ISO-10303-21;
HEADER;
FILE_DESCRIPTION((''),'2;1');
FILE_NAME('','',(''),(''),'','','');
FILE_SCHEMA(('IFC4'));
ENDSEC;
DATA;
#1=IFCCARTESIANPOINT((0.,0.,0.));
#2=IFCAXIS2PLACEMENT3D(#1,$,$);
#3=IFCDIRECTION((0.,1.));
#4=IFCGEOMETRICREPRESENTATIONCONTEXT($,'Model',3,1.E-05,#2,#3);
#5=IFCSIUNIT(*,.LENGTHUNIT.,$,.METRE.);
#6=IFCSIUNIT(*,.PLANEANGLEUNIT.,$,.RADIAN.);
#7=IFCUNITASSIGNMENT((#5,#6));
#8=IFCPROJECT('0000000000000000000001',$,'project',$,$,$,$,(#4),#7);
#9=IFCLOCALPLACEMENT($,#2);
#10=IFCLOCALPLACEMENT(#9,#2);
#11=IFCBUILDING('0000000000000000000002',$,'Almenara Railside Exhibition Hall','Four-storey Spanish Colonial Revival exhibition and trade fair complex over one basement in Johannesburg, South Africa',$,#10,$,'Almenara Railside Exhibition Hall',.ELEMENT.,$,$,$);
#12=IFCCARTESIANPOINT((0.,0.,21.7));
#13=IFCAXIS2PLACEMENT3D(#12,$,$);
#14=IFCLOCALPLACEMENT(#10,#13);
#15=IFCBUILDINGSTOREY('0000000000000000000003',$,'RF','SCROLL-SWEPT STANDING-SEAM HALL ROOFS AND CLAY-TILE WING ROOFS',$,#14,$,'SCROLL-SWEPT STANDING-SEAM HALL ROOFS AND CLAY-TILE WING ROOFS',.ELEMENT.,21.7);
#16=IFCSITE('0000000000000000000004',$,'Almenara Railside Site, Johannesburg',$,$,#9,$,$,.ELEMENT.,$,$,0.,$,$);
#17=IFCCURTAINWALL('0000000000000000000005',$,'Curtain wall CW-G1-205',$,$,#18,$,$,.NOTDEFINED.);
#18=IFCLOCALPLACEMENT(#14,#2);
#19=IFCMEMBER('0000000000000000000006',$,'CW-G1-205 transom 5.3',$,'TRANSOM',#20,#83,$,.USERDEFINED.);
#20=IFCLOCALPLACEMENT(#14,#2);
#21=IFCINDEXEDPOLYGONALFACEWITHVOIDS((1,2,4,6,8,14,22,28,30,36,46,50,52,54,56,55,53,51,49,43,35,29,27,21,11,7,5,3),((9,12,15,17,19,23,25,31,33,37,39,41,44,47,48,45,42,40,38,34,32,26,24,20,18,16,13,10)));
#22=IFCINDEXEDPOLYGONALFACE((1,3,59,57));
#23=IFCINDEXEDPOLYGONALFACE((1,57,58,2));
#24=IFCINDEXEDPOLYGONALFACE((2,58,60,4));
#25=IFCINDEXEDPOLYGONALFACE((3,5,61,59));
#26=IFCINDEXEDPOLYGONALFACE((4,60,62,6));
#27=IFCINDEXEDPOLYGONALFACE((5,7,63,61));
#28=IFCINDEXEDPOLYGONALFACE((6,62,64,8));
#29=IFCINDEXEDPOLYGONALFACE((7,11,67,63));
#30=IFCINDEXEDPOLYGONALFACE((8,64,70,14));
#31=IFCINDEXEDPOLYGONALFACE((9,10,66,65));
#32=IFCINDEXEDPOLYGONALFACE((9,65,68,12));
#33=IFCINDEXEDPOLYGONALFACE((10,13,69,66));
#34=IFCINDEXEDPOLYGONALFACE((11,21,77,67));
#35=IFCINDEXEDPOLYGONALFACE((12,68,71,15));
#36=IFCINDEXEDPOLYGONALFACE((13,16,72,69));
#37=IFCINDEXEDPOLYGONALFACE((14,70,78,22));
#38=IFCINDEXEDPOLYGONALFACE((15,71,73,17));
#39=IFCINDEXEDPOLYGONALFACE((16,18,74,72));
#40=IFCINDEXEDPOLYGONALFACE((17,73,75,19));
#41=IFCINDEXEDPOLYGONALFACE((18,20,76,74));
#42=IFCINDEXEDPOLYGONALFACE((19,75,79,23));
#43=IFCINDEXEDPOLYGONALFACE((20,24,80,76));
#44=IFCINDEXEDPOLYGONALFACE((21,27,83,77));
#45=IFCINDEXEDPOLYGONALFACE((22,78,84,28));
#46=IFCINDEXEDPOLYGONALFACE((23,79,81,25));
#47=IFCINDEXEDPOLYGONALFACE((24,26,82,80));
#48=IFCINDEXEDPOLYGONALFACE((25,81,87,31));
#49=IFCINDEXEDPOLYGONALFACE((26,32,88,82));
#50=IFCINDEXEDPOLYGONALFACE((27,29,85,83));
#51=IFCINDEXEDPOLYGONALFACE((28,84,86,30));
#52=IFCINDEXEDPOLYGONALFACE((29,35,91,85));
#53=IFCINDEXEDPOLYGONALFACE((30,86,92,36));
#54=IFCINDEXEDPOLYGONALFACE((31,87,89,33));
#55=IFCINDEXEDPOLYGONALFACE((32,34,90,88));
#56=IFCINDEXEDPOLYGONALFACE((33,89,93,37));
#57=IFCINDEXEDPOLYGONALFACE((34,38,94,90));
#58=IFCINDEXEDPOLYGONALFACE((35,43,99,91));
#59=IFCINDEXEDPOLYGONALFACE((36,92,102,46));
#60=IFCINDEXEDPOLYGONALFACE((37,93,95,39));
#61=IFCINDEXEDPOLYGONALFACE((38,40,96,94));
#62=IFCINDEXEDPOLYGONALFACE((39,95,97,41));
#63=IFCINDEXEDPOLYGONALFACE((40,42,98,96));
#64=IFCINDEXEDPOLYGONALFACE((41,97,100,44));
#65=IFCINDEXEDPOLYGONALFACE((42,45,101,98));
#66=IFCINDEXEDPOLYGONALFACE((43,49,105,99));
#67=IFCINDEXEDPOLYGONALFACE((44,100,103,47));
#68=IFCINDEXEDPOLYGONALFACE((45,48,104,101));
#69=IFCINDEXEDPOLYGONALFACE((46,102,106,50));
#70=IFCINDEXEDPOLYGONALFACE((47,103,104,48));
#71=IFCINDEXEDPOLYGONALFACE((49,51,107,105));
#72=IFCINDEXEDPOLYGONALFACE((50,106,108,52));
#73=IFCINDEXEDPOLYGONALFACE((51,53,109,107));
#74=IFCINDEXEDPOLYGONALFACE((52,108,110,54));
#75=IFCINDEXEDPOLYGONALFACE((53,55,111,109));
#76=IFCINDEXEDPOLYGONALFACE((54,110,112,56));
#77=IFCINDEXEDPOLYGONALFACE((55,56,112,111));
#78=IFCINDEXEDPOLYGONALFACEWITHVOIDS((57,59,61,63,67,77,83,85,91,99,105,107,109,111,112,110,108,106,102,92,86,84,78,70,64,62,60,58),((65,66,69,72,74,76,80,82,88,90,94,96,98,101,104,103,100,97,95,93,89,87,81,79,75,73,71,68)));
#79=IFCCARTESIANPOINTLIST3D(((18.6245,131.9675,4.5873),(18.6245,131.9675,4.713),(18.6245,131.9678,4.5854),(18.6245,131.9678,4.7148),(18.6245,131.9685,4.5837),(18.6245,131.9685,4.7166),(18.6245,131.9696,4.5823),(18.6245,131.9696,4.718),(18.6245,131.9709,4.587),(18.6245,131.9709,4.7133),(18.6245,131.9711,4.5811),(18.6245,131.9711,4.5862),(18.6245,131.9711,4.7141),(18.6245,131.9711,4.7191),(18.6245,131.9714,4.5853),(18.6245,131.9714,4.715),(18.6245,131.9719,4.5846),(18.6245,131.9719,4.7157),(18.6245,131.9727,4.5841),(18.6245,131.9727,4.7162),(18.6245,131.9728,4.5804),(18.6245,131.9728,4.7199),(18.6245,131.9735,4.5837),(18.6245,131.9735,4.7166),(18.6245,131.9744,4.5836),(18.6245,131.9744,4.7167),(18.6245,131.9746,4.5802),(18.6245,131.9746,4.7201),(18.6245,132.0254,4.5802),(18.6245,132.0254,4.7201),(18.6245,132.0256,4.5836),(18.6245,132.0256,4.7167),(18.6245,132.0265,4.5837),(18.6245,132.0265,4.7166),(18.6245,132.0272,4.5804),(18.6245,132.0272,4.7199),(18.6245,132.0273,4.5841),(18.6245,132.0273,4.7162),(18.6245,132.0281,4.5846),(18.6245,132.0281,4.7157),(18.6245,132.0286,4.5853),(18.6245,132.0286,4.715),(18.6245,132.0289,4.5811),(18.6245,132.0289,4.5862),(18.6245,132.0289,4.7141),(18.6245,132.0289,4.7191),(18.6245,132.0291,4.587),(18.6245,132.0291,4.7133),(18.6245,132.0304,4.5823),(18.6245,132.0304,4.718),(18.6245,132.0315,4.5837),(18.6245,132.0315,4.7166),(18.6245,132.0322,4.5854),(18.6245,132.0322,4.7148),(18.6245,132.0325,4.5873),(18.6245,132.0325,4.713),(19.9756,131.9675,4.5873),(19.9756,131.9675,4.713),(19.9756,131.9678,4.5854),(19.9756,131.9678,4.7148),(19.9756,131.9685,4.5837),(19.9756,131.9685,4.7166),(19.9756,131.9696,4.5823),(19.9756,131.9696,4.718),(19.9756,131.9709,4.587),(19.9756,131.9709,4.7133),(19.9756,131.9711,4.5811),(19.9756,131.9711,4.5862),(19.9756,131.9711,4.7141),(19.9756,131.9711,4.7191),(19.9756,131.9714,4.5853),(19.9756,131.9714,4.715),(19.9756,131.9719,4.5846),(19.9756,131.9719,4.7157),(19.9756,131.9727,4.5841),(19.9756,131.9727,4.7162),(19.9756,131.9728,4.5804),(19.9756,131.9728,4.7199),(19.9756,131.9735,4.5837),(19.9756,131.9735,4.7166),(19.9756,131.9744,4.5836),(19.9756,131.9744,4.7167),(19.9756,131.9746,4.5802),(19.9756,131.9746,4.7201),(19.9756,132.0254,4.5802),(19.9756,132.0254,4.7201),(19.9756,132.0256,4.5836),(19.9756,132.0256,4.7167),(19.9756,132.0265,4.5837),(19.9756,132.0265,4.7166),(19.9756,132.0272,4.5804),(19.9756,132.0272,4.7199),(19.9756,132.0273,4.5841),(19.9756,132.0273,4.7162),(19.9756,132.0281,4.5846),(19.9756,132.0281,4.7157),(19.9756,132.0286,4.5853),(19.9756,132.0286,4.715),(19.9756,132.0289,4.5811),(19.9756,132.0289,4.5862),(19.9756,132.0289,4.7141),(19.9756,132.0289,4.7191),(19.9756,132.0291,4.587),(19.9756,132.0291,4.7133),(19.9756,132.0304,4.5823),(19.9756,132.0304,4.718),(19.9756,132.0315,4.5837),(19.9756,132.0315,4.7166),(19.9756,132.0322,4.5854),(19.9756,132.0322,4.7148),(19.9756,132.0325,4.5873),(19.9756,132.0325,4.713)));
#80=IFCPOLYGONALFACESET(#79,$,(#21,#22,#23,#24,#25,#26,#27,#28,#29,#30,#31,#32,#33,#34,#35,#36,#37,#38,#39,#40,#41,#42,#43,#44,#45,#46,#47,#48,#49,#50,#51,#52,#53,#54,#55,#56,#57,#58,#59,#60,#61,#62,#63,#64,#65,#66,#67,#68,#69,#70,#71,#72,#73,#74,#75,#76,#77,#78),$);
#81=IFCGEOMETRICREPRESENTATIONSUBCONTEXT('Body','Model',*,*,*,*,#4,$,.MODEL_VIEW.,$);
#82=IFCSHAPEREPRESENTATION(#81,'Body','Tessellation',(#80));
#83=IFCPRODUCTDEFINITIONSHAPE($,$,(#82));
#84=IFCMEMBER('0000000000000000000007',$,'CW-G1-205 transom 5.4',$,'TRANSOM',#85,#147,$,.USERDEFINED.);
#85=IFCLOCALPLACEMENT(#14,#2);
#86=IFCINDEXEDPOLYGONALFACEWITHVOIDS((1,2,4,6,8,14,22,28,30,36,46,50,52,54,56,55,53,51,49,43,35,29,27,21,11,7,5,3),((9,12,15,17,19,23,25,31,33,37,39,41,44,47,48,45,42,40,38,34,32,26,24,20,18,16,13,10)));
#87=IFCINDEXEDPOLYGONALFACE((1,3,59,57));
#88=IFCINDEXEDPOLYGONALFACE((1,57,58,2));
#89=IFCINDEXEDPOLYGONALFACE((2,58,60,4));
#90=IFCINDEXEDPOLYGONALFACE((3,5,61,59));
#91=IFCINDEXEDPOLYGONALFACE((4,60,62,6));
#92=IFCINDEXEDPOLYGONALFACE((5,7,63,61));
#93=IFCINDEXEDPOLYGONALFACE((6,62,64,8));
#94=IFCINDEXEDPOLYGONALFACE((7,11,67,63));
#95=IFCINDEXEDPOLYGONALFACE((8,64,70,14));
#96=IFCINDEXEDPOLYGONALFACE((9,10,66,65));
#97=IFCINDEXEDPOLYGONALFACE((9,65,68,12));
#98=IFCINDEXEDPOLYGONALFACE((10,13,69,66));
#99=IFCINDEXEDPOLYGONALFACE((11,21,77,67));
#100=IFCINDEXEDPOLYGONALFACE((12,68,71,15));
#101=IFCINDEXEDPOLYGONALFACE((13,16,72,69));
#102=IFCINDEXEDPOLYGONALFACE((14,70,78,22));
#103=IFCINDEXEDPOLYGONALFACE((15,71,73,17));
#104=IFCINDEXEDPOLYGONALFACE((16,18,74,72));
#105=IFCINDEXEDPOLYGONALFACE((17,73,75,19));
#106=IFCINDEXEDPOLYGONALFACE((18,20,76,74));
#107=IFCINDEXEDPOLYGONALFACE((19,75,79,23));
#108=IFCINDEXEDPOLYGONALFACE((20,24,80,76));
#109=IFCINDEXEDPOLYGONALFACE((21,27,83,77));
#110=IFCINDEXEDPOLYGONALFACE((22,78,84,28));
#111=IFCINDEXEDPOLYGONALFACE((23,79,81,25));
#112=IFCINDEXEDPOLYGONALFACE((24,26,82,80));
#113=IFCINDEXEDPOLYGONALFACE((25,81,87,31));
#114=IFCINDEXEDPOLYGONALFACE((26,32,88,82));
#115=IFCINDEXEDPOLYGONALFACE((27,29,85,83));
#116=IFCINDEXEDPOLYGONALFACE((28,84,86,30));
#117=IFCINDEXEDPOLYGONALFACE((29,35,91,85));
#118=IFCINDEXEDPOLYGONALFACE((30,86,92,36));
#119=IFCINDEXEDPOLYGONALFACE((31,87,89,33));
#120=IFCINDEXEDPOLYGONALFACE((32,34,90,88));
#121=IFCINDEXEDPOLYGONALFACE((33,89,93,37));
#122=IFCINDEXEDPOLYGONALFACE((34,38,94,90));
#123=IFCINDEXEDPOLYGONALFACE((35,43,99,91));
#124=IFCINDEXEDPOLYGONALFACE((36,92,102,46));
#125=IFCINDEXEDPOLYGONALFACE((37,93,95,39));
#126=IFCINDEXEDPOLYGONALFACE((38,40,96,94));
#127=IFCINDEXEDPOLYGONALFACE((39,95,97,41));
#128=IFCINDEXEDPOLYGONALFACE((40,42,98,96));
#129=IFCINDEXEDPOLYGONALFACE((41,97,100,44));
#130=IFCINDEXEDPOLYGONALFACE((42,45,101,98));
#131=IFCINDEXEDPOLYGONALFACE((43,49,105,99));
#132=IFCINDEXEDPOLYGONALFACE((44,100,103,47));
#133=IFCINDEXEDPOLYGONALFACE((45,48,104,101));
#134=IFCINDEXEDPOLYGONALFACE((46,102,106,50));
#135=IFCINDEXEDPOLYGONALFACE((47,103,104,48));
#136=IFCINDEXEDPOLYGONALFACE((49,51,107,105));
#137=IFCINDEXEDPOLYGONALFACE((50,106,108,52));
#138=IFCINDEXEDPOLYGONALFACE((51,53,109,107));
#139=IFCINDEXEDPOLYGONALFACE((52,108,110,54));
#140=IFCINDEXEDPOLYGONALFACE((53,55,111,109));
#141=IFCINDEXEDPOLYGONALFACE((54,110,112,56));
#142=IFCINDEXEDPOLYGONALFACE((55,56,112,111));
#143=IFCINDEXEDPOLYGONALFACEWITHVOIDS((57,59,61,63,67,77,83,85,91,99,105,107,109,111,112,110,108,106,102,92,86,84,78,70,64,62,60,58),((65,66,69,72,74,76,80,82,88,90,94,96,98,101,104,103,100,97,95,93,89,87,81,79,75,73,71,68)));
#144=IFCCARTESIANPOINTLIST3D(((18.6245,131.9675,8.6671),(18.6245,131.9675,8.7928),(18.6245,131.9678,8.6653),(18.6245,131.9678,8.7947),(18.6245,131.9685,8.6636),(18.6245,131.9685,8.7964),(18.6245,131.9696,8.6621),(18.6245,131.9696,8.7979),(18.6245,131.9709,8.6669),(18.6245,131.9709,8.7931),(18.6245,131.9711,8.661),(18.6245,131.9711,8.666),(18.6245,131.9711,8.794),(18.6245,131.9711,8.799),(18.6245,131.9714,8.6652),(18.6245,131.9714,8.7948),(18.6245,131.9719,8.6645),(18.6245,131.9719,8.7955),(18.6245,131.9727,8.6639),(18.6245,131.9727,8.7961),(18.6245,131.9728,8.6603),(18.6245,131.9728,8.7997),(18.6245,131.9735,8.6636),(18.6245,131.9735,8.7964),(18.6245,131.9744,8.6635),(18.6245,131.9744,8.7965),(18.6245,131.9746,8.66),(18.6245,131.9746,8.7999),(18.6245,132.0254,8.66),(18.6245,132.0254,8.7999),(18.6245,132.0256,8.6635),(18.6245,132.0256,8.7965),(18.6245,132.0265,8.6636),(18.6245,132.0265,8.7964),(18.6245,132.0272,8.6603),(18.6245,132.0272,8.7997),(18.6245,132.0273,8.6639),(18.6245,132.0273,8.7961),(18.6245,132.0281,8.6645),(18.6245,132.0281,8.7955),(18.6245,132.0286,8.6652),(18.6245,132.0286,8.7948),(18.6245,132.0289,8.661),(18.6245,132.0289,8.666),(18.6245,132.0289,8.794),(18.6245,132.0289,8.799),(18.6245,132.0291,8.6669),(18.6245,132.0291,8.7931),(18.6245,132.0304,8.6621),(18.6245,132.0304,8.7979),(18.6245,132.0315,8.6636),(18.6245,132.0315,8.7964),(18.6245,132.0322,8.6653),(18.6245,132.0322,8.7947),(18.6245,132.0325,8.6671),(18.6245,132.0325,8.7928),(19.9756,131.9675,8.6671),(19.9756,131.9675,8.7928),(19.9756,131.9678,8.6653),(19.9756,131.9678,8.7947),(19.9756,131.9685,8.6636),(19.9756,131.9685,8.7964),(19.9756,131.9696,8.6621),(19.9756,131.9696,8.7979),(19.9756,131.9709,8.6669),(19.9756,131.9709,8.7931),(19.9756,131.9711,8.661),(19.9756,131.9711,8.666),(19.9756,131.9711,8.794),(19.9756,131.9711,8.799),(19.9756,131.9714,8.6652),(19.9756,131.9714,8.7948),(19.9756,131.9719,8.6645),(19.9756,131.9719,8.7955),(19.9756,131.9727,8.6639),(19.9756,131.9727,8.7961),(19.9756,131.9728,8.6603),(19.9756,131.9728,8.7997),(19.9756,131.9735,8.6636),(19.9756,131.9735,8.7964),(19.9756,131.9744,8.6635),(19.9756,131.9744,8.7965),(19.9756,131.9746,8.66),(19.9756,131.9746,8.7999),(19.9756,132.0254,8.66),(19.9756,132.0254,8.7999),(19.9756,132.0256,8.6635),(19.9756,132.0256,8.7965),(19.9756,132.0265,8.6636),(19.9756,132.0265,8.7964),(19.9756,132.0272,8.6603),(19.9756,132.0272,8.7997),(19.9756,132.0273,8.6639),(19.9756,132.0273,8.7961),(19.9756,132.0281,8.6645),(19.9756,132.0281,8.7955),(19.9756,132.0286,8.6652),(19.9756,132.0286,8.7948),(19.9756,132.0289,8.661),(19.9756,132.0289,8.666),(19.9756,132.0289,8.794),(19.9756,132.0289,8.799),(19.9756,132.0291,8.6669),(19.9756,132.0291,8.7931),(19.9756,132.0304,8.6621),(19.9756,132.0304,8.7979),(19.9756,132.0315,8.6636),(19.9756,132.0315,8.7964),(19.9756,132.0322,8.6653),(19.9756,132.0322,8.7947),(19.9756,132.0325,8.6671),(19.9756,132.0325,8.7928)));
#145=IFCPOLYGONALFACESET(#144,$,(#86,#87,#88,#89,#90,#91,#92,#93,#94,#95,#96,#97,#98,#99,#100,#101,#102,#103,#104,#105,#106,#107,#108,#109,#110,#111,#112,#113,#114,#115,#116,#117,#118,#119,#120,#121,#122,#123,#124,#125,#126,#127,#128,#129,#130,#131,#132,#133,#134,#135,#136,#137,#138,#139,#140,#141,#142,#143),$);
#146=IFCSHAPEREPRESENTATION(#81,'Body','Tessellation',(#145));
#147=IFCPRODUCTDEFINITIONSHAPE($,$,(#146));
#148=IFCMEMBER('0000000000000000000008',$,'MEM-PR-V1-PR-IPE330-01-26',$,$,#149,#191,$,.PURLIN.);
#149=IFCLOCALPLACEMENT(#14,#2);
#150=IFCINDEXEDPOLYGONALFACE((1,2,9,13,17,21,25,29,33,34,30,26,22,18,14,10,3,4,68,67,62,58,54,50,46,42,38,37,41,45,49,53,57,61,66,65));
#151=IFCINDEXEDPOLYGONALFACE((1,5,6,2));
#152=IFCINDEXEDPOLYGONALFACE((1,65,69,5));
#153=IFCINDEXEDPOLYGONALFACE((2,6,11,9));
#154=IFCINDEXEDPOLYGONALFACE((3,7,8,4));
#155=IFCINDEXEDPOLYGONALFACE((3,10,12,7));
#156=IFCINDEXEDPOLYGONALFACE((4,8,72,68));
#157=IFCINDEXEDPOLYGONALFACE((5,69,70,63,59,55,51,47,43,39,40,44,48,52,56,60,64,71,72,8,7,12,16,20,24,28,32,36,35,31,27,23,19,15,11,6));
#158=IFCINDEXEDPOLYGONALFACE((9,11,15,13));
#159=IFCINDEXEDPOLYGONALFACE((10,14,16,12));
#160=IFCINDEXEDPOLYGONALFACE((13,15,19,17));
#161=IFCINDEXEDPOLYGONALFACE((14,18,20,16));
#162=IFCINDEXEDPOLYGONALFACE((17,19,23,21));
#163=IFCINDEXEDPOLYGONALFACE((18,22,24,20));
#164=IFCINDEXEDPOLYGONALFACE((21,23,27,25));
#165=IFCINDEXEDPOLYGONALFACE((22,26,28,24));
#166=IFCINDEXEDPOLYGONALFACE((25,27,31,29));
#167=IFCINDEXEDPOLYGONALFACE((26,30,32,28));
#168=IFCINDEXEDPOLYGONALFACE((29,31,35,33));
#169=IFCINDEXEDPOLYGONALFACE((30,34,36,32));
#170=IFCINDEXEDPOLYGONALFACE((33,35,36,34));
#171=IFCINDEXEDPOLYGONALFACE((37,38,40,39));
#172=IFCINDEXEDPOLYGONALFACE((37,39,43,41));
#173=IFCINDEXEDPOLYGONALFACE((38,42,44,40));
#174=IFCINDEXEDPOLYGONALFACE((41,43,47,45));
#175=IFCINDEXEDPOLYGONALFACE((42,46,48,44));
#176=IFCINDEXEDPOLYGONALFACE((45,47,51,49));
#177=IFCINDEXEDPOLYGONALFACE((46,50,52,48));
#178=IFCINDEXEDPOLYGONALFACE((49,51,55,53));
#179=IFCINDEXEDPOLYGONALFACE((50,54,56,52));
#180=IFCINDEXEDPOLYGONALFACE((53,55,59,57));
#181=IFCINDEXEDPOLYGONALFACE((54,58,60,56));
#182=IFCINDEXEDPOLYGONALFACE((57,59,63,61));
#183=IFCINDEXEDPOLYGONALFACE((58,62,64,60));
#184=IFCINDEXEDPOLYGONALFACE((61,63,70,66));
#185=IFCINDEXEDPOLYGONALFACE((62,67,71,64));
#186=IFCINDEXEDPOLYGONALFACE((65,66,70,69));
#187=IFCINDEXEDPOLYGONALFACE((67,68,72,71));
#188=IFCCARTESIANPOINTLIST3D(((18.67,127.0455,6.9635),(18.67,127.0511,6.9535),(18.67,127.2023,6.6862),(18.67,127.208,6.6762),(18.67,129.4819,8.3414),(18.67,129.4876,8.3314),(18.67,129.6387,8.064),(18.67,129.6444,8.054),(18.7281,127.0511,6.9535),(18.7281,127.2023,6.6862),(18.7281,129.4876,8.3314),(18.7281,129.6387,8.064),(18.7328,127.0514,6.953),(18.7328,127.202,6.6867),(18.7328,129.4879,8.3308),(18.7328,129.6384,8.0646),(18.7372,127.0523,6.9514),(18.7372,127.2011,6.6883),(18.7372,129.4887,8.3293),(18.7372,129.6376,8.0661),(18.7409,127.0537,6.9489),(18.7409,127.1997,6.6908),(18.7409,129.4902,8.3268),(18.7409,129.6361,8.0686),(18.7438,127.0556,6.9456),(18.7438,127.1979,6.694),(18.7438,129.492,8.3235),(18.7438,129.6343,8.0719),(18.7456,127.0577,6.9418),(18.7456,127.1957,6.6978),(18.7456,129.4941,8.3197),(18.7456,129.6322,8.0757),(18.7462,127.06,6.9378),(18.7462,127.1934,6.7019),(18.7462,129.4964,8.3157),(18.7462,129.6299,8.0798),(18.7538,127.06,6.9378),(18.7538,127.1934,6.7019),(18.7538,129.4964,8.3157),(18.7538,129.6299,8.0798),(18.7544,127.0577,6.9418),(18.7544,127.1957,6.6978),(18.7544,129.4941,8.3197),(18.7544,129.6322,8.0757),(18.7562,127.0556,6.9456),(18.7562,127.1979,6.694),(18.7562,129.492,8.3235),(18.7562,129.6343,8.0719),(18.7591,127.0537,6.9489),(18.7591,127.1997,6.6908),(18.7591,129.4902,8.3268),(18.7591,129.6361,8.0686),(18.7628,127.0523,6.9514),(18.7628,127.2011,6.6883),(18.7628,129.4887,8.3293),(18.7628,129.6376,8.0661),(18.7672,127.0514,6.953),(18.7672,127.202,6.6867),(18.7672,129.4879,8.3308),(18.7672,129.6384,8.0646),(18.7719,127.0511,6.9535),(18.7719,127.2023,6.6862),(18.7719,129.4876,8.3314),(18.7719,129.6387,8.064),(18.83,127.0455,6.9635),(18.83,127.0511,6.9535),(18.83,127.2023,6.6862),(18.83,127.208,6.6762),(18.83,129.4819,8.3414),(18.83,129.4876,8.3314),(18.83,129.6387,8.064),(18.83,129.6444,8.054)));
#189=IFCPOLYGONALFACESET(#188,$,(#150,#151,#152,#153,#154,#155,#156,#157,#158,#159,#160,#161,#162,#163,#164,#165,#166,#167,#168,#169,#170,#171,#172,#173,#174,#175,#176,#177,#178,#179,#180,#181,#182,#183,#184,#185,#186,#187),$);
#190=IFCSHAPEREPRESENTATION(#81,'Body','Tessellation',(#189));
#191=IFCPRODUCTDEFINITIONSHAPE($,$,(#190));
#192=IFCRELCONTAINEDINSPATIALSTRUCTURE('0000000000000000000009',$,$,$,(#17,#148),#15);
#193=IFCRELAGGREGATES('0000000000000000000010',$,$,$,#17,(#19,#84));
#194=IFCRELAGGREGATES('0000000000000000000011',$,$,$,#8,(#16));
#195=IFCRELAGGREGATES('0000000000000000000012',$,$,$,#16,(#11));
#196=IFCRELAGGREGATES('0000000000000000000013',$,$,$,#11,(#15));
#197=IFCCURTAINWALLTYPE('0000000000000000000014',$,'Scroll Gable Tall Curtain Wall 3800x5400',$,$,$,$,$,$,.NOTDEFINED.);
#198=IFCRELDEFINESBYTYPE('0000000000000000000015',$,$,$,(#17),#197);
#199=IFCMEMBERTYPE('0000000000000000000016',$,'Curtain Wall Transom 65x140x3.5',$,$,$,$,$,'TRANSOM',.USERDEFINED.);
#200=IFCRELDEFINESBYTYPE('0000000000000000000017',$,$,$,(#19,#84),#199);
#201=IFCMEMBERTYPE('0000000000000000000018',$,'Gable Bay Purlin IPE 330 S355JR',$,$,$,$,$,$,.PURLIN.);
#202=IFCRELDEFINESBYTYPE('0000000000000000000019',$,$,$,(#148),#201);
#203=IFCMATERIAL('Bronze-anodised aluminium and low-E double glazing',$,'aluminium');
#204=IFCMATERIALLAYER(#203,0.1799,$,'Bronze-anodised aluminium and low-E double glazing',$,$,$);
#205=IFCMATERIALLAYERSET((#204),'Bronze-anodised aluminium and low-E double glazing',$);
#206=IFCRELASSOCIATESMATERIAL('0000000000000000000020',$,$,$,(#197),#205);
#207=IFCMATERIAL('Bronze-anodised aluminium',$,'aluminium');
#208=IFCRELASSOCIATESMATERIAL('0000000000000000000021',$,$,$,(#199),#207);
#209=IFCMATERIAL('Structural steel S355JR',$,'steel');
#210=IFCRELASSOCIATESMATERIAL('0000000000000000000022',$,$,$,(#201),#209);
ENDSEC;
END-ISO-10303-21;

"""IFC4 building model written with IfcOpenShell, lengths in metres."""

from ifc_helpers import new_model, si_unit, direction, frame, origin, origin_2d, place, context, subcontext, project, spatial, hollow_rectangle, i_section, extrude, material, layer, layer_set, material_profile, profile_set, type_object, element, aggregate, save


model = new_model("IFC4")

# Units and contexts
model_context = context("Model", 3, precision=1e-05, world=origin(), true_north=direction((0.0, 1.0)))
body_context = subcontext(model_context, "Body", "Model", "MODEL_VIEW")
ifc_project = project(units=[si_unit("LENGTHUNIT", "METRE"), si_unit("PLANEANGLEUNIT", "RADIAN")], contexts=[model_context])

# Site, building, storey
site_placement = place(None, origin())
site = spatial("IfcSite", under=ifc_project, at=site_placement, Name="Almenara Railside Site, Johannesburg", CompositionType="ELEMENT", RefElevation=0.0)
building_placement = place(site_placement, origin())
building = spatial("IfcBuilding", under=site, at=building_placement, Name="Almenara Railside Exhibition Hall", Description="Four-storey Spanish Colonial Revival exhibition and trade fair complex over one basement in Johannesburg, South Africa", LongName="Almenara Railside Exhibition Hall", CompositionType="ELEMENT")
storey_placement = place(building_placement, frame((0.0, 0.0, 21.7)))
storey = spatial("IfcBuildingStorey", under=building, at=storey_placement, Name="RF", Description="SCROLL-SWEPT STANDING-SEAM HALL ROOFS AND CLAY-TILE WING ROOFS", LongName="SCROLL-SWEPT STANDING-SEAM HALL ROOFS AND CLAY-TILE WING ROOFS", CompositionType="ELEMENT", Elevation=21.7)

# Shared definitions
ifc_material_1 = material(Name="Structural steel S355JR", Category="steel")

# Curtain wall, members
ifc_material_2 = material(Name="Bronze-anodised aluminium and low-E double glazing", Category="aluminium")
ifc_material_3 = material(Name="Bronze-anodised aluminium", Category="aluminium")
ifc_layer_1 = layer(ifc_material_2, 0.1799, Name="Bronze-anodised aluminium and low-E double glazing")
ifc_layer_set_1 = layer_set([ifc_layer_1], Name="Bronze-anodised aluminium and low-E double glazing")
curtain_wall_type_1 = type_object("IfcCurtainWallType", Name="Scroll Gable Tall Curtain Wall 3800x5400", PredefinedType="NOTDEFINED", material=ifc_layer_set_1)
curtain_wall_1_placement = place(storey_placement, origin())
curtain_wall_1 = element("IfcCurtainWall", 1, at=curtain_wall_1_placement, inside=storey, type_object=curtain_wall_type_1, Name="Curtain wall CW-G1-205", PredefinedType="NOTDEFINED")
ifc_material_profile_1 = material_profile(ifc_material_3, hollow_rectangle(XDim=0.0649, YDim=0.1399, WallThickness=0.0034, InnerFilletRadius=0.0034, OuterFilletRadius=0.0071, at=origin_2d()), Name="ALU-TRN 65x140x3.5")
ifc_profile_set_1 = profile_set([ifc_material_profile_1], Name="Bronze-anodised aluminium")
member_type_1 = type_object("IfcMemberType", Name="Curtain Wall Transom 65x140x3.5", ElementType="TRANSOM", PredefinedType="USERDEFINED", material=ifc_profile_set_1)
member_1_placement = place(storey_placement, frame((18.6245, 132.0, 4.6501), z_axis=(1.0, 0.0, 0.0), x_axis=(0.0, 1.0, 0.0)))
member_1 = element("IfcMember", 2, at=member_1_placement, type_object=member_type_1, Name="CW-G1-205 transom 5.3", ObjectType="TRANSOM", PredefinedType="USERDEFINED", context=body_context, shape_type="SweptSolid", body=[
    extrude(hollow_rectangle(XDim=0.0649, YDim=0.1399, WallThickness=0.0034, InnerFilletRadius=0.0034, OuterFilletRadius=0.0071, at=origin_2d()), origin(), (0.0, 0.0, 1.0), 1.3511),
])
member_2_placement = place(storey_placement, frame((18.6245, 132.0, 8.73), z_axis=(1.0, 0.0, 0.0), x_axis=(0.0, 1.0, 0.0)))
member_2 = element("IfcMember", 3, at=member_2_placement, type_object=member_type_1, Name="CW-G1-205 transom 5.4", ObjectType="TRANSOM", PredefinedType="USERDEFINED", context=body_context, shape_type="SweptSolid", body=[
    extrude(hollow_rectangle(XDim=0.0649, YDim=0.1399, WallThickness=0.0034, InnerFilletRadius=0.0034, OuterFilletRadius=0.0071, at=origin_2d()), origin(), (0.0, 0.0, 1.0), 1.3511),
])

# Member
ifc_material_profile_2 = material_profile(ifc_material_1, i_section(OverallWidth=0.1599, OverallDepth=0.3301, WebThickness=0.0076, FlangeThickness=0.0115, FilletRadius=0.0181, at=origin_2d()), Name="IPE 330")
ifc_profile_set_2 = profile_set([ifc_material_profile_2], Name="Structural steel S355JR")
member_type_2 = type_object("IfcMemberType", Name="Gable Bay Purlin IPE 330 S355JR", PredefinedType="PURLIN", material=ifc_profile_set_2)
member_3_placement = place(storey_placement, frame((18.75, 127.1267, 6.8198), z_axis=(0.0, 0.870446, 0.492264), x_axis=(-1.0, 0.0, 0.0)))
element("IfcMember", 4, at=member_3_placement, inside=storey, type_object=member_type_2, Name="MEM-PR-V1-PR-IPE330-01-26", PredefinedType="PURLIN", context=body_context, shape_type="SweptSolid", body=[
    extrude(i_section(OverallWidth=0.1599, OverallDepth=0.3301, WebThickness=0.0076, FlangeThickness=0.0115, FilletRadius=0.0181, at=origin_2d()), origin(), (0.0, 0.0, 1.0), 2.7991),
])

aggregate(curtain_wall_1, [member_1, member_2])

save(model, "model.ifc")
